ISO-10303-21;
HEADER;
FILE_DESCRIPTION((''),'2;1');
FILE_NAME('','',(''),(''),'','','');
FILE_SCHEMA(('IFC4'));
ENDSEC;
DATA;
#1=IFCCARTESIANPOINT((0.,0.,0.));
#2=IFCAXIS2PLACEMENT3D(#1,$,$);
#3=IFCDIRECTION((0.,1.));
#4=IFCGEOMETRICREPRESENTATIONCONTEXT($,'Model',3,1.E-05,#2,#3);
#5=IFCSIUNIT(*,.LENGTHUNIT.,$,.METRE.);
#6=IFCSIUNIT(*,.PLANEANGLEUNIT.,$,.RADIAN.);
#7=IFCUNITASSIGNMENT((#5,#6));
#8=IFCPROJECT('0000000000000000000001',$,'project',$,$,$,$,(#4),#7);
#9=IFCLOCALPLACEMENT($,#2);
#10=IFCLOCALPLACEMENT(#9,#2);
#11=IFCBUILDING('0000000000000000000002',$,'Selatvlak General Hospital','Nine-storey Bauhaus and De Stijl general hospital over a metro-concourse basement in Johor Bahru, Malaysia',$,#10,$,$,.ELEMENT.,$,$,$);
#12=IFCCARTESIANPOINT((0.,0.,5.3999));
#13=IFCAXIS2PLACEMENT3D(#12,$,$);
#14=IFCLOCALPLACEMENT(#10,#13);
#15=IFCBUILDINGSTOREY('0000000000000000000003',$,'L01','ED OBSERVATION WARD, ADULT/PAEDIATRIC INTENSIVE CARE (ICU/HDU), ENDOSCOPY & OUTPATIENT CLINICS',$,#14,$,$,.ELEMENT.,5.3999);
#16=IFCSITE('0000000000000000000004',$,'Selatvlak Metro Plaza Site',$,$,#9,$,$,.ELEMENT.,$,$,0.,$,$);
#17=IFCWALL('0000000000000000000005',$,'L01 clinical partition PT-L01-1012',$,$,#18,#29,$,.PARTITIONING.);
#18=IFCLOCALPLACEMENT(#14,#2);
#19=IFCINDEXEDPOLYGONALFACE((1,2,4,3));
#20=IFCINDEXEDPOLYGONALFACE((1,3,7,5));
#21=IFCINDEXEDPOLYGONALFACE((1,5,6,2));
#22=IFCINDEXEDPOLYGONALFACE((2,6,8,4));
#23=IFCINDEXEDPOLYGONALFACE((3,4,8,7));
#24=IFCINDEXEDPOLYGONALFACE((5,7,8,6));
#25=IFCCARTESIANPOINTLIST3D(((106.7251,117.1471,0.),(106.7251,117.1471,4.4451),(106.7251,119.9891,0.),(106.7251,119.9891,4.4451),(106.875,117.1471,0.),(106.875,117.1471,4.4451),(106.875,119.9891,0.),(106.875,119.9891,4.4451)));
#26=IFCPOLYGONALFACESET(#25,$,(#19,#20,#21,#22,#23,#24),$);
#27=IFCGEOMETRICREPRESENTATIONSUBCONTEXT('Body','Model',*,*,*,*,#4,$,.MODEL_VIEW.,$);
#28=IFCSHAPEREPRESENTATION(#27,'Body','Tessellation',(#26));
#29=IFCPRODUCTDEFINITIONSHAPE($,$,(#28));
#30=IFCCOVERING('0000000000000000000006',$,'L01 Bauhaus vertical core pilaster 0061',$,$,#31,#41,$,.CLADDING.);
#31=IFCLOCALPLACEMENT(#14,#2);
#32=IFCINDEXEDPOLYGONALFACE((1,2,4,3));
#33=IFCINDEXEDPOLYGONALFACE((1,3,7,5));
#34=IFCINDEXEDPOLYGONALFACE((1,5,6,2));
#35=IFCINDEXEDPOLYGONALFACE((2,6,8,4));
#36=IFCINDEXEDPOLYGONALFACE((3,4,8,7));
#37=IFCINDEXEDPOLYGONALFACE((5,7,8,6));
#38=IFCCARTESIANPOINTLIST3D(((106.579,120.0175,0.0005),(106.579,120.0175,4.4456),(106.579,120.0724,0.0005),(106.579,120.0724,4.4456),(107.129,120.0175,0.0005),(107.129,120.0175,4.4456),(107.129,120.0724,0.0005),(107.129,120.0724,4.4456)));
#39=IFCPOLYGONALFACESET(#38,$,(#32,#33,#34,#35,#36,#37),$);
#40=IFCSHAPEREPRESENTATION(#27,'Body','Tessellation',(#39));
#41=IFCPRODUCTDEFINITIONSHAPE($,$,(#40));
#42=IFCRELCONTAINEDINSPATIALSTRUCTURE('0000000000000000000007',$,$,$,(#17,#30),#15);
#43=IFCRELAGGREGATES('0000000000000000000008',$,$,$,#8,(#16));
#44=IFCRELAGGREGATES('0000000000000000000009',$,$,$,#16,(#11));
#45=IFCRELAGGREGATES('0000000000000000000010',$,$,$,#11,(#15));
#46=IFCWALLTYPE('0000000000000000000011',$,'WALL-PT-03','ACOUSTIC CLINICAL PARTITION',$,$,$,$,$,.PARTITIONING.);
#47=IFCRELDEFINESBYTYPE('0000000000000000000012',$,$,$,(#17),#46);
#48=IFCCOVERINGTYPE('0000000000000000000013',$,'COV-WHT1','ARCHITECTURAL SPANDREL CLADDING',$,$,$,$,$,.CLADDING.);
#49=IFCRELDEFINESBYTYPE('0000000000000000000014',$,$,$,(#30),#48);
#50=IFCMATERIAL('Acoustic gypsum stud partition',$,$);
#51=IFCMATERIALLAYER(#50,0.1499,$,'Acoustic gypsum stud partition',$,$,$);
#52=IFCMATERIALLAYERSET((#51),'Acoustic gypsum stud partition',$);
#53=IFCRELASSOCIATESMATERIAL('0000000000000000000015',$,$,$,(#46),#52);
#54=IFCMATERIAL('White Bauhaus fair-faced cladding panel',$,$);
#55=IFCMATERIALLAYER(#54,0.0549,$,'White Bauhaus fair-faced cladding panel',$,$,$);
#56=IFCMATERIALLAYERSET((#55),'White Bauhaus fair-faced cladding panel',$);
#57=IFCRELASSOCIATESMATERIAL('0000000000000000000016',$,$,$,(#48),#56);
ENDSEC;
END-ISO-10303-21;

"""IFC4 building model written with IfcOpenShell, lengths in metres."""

from ifc_helpers import new_model, si_unit, direction, frame, frame_2d, origin, origin_2d, place, context, subcontext, project, spatial, rectangle, extrude, material, layer, layer_set, type_object, element, save


model = new_model("IFC4")

# Units and contexts
model_context = context("Model", 3, precision=1e-05, world=origin(), true_north=direction((0.0, 1.0)))
body_context = subcontext(model_context, "Body", "Model", "MODEL_VIEW")
ifc_project = project(units=[si_unit("LENGTHUNIT", "METRE"), si_unit("PLANEANGLEUNIT", "RADIAN")], contexts=[model_context])

# Site, building, storey
site_placement = place(None, origin())
site = spatial("IfcSite", under=ifc_project, at=site_placement, Name="Selatvlak Metro Plaza Site", CompositionType="ELEMENT", RefElevation=0.0)
building_placement = place(site_placement, origin())
building = spatial("IfcBuilding", under=site, at=building_placement, Name="Selatvlak General Hospital", Description="Nine-storey Bauhaus and De Stijl general hospital over a metro-concourse basement in Johor Bahru, Malaysia", CompositionType="ELEMENT")
storey_placement = place(building_placement, frame((0.0, 0.0, 5.3999)))
storey = spatial("IfcBuildingStorey", under=building, at=storey_placement, Name="L01", Description="ED OBSERVATION WARD, ADULT/PAEDIATRIC INTENSIVE CARE (ICU/HDU), ENDOSCOPY & OUTPATIENT CLINICS", CompositionType="ELEMENT", Elevation=5.3999)

# Wall
ifc_material_1 = material(Name="Acoustic gypsum stud partition")
ifc_layer_1 = layer(ifc_material_1, 0.1499, Name="Acoustic gypsum stud partition")
ifc_layer_set_1 = layer_set([ifc_layer_1], Name="Acoustic gypsum stud partition")
wall_type = type_object("IfcWallType", Name="WALL-PT-03", Description="ACOUSTIC CLINICAL PARTITION", PredefinedType="PARTITIONING", material=ifc_layer_set_1)
wall_placement = place(storey_placement, frame((106.8, 119.989, 0.0), z_axis=(0.0, 0.0, 1.0), x_axis=(0.0, -1.0, 0.0)))
element("IfcWall", 1, at=wall_placement, inside=storey, type_object=wall_type, Name="L01 clinical partition PT-L01-1012", PredefinedType="PARTITIONING", context=body_context, shape_type="SweptSolid", body=[
    extrude(rectangle(XDim=2.842, YDim=0.1499, at=frame_2d((1.4209, 0.0))), origin(), (0.0, 0.0, 1.0), 4.4451),
])

# Covering
ifc_material_2 = material(Name="White Bauhaus fair-faced cladding panel")
ifc_layer_2 = layer(ifc_material_2, 0.0549, Name="White Bauhaus fair-faced cladding panel")
ifc_layer_set_2 = layer_set([ifc_layer_2], Name="White Bauhaus fair-faced cladding panel")
covering_type = type_object("IfcCoveringType", Name="COV-WHT1", Description="ARCHITECTURAL SPANDREL CLADDING", PredefinedType="CLADDING", material=ifc_layer_set_2)
covering_placement = place(storey_placement, frame((106.854, 120.0449, 0.0005), z_axis=(0.0, 0.0, 1.0), x_axis=(1.0, 0.0, 0.0)))
element("IfcCovering", 2, at=covering_placement, inside=storey, type_object=covering_type, Name="L01 Bauhaus vertical core pilaster 0061", PredefinedType="CLADDING", context=body_context, shape_type="SweptSolid", body=[
    extrude(rectangle(XDim=0.55, YDim=0.0549, at=origin_2d()), origin(), (0.0, 0.0, 1.0), 4.4451),
])

save(model, "model.ifc")
